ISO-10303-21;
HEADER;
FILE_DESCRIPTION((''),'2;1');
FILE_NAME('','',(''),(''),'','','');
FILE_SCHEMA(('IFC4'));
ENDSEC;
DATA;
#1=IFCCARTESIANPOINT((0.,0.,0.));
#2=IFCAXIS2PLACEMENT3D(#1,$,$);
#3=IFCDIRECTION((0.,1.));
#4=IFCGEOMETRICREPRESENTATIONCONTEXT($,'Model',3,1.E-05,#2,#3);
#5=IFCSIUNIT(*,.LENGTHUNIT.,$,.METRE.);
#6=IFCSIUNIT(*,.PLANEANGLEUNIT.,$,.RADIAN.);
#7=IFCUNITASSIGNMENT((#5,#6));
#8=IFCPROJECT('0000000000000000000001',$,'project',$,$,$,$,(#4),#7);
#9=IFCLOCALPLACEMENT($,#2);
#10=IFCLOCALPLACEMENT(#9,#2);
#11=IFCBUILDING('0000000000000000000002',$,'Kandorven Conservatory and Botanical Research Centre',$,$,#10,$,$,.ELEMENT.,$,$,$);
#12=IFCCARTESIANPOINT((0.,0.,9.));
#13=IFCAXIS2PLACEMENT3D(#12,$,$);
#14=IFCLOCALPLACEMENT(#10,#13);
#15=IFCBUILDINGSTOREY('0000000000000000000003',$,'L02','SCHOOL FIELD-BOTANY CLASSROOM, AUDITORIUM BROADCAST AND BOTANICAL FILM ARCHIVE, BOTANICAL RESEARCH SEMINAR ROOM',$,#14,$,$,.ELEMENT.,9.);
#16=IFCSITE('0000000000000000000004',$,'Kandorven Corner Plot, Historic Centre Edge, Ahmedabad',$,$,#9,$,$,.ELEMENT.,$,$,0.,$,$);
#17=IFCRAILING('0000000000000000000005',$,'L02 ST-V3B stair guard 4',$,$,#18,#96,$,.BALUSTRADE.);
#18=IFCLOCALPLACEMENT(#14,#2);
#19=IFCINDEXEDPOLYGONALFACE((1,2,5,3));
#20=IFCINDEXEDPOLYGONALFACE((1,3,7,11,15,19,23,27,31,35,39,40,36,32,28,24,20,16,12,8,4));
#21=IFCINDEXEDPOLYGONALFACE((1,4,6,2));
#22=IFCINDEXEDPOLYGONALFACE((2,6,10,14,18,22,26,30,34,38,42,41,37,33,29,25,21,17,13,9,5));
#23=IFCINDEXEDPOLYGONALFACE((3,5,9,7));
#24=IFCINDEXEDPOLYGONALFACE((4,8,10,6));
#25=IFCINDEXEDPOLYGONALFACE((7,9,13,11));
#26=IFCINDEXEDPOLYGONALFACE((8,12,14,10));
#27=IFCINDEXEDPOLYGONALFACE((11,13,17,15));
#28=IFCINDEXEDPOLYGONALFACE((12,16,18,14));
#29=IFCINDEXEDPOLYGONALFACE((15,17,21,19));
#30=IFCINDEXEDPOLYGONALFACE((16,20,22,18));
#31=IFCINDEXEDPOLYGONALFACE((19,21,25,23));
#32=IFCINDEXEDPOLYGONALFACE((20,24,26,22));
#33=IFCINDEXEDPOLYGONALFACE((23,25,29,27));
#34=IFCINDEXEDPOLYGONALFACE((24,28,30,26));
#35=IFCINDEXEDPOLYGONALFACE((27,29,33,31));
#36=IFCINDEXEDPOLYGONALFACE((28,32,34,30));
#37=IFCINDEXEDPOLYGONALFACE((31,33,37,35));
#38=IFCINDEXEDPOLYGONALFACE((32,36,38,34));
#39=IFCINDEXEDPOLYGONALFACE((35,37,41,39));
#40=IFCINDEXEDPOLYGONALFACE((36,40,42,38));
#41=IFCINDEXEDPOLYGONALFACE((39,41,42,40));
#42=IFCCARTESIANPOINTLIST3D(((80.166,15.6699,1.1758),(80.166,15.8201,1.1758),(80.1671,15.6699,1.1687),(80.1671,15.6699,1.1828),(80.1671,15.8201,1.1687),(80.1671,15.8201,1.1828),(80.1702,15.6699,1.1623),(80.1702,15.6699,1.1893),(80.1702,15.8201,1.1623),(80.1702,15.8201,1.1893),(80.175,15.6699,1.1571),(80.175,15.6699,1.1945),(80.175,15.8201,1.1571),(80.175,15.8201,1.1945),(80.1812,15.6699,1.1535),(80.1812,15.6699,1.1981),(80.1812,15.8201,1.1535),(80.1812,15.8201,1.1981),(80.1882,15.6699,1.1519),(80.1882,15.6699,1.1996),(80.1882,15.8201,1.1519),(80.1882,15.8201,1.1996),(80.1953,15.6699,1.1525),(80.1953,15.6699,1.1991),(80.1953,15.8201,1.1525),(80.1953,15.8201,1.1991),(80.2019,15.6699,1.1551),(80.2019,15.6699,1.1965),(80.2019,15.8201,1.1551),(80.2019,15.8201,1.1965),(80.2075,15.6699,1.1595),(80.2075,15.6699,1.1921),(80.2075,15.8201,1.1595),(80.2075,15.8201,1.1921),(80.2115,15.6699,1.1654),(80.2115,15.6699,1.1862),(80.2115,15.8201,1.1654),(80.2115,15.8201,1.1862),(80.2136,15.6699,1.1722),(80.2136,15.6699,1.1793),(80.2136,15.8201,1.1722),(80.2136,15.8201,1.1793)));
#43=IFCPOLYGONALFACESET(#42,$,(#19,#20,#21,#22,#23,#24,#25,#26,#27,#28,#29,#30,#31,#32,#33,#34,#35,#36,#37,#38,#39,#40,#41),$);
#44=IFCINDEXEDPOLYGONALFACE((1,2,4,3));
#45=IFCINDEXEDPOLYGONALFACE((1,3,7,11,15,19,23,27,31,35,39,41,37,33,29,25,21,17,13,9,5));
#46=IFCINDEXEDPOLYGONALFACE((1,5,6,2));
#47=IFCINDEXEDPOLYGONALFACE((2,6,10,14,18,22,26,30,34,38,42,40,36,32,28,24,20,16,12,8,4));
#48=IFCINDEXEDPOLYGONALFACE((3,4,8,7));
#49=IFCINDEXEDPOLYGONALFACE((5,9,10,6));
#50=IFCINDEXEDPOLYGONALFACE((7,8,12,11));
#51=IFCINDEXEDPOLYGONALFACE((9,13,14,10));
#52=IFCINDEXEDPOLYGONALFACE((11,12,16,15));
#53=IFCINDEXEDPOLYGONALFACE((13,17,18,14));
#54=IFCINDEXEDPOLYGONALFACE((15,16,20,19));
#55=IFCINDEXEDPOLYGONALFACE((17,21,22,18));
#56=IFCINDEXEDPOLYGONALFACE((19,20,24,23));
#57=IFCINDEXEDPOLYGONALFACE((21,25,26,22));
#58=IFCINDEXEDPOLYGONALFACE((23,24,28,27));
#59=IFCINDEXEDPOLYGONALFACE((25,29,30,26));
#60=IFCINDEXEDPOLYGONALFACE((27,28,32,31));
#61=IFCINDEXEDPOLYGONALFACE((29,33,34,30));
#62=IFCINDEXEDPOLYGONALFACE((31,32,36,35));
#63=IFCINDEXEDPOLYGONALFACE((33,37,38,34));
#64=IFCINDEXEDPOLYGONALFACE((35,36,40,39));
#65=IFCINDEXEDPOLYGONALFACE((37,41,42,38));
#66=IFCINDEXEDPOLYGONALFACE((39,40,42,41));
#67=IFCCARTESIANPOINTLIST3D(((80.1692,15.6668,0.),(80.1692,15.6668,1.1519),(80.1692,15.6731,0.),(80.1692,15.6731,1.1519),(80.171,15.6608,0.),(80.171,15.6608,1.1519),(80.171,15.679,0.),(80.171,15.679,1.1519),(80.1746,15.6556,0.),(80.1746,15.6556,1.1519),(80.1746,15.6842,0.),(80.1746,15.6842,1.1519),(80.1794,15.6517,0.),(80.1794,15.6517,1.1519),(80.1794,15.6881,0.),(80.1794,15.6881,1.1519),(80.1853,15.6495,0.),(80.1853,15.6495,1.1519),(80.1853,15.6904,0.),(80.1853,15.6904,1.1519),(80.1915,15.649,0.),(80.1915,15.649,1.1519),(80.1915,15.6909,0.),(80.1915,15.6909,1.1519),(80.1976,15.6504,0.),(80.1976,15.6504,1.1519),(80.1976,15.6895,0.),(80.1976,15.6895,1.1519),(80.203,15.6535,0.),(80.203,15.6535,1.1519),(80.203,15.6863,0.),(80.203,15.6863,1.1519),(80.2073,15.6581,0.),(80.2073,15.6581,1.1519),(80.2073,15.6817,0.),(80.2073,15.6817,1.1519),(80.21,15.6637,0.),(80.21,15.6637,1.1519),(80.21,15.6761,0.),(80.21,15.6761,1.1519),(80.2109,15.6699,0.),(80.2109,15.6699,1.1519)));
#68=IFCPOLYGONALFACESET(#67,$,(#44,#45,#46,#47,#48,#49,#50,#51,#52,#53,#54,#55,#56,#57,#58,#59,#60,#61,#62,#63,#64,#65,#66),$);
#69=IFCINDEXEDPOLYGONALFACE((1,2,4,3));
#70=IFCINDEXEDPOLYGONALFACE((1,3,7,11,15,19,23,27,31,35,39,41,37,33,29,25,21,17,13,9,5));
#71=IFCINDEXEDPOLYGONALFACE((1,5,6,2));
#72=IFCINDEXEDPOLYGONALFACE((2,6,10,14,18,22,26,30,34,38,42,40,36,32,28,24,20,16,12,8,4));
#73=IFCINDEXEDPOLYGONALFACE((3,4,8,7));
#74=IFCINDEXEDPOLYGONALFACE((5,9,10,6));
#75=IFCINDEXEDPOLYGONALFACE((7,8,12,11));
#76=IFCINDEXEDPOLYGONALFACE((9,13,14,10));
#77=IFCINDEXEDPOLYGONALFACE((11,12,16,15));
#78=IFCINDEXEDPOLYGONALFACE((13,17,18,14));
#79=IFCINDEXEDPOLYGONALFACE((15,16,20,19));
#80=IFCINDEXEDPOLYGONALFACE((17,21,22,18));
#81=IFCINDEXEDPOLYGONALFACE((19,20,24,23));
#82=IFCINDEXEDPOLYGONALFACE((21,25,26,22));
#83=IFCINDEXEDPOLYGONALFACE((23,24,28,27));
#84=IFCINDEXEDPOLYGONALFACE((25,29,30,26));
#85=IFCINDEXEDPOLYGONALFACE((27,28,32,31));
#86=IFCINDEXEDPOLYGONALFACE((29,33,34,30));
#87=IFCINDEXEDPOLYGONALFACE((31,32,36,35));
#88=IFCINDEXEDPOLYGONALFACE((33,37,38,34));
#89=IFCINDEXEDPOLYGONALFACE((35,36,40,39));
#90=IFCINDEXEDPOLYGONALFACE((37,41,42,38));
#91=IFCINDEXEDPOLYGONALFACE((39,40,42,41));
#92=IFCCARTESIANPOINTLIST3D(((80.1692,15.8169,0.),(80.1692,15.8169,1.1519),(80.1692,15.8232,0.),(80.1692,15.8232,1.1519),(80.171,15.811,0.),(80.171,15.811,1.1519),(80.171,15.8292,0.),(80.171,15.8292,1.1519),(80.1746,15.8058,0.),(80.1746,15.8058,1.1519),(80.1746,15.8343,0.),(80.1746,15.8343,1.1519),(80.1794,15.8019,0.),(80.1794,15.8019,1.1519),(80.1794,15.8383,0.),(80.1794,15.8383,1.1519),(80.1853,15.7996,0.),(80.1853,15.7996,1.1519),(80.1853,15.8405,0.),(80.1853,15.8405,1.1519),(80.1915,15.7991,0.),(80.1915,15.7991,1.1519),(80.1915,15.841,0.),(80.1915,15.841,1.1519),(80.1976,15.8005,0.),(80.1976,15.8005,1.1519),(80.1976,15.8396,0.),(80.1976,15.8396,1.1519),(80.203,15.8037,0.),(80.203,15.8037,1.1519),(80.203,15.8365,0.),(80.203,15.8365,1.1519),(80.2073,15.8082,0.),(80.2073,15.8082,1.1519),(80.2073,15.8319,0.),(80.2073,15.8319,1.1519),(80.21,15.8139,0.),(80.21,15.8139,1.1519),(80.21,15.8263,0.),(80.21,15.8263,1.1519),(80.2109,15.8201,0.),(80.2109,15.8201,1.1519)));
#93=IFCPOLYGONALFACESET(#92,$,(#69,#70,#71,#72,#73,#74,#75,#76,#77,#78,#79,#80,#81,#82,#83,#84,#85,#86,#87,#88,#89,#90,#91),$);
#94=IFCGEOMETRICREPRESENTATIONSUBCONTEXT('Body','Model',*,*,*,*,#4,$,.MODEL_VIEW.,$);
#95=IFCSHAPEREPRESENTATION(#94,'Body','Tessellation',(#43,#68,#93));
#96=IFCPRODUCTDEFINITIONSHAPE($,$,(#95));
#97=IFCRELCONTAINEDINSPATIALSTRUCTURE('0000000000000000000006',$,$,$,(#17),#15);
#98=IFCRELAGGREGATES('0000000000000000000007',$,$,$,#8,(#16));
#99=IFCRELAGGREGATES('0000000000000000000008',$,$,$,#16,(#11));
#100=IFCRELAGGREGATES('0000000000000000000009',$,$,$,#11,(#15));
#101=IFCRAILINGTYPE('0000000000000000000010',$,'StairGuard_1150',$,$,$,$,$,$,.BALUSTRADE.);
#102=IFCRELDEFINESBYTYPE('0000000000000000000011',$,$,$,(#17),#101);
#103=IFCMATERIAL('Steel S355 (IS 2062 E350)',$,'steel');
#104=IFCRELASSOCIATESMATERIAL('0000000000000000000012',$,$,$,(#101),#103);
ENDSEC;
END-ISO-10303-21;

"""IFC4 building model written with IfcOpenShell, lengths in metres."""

from ifc_helpers import new_model, si_unit, direction, frame, origin, origin_2d, place, context, subcontext, project, spatial, circle, extrude, material, type_object, element, save


model = new_model("IFC4")

# Units and contexts
model_context = context("Model", 3, precision=1e-05, world=origin(), true_north=direction((0.0, 1.0)))
body_context = subcontext(model_context, "Body", "Model", "MODEL_VIEW")
ifc_project = project(units=[si_unit("LENGTHUNIT", "METRE"), si_unit("PLANEANGLEUNIT", "RADIAN")], contexts=[model_context])

# Site, building, storey
site_placement = place(None, origin())
site = spatial("IfcSite", under=ifc_project, at=site_placement, Name="Kandorven Corner Plot, Historic Centre Edge, Ahmedabad", CompositionType="ELEMENT", RefElevation=0.0)
building_placement = place(site_placement, origin())
building = spatial("IfcBuilding", under=site, at=building_placement, Name="Kandorven Conservatory and Botanical Research Centre", CompositionType="ELEMENT")
storey_placement = place(building_placement, frame((0.0, 0.0, 9.0)))
storey = spatial("IfcBuildingStorey", under=building, at=storey_placement, Name="L02", Description="SCHOOL FIELD-BOTANY CLASSROOM, AUDITORIUM BROADCAST AND BOTANICAL FILM ARCHIVE, BOTANICAL RESEARCH SEMINAR ROOM", CompositionType="ELEMENT", Elevation=9.0)

# Railing
ifc_material_1 = material(Name="Steel S355 (IS 2062 E350)", Category="steel")
railing_type_1 = type_object("IfcRailingType", Name="StairGuard_1150", PredefinedType="BALUSTRADE", material=ifc_material_1)
railing_1_placement = place(storey_placement, frame((80.1899, 15.6699, 0.0)))
element("IfcRailing", 1, at=railing_1_placement, inside=storey, type_object=railing_type_1, Name="L02 ST-V3B stair guard 4", PredefinedType="BALUSTRADE", context=body_context, shape_type="SweptSolid", body=[
    extrude(circle(Radius=0.0239, at=origin_2d()), frame((0.0, 0.0, 1.1758), z_axis=(0.0, 1.0, 0.0), x_axis=(-1.0, 0.0, 0.0)), (0.0, 0.0, 1.0), 0.1501),
    extrude(circle(Radius=0.021, at=origin_2d()), origin(), (0.0, 0.0, 1.0), 1.1519),
    extrude(circle(Radius=0.021, at=origin_2d()), frame((0.0, 0.1501, 0.0)), (0.0, 0.0, 1.0), 1.1519),
])

save(model, "model.ifc")
